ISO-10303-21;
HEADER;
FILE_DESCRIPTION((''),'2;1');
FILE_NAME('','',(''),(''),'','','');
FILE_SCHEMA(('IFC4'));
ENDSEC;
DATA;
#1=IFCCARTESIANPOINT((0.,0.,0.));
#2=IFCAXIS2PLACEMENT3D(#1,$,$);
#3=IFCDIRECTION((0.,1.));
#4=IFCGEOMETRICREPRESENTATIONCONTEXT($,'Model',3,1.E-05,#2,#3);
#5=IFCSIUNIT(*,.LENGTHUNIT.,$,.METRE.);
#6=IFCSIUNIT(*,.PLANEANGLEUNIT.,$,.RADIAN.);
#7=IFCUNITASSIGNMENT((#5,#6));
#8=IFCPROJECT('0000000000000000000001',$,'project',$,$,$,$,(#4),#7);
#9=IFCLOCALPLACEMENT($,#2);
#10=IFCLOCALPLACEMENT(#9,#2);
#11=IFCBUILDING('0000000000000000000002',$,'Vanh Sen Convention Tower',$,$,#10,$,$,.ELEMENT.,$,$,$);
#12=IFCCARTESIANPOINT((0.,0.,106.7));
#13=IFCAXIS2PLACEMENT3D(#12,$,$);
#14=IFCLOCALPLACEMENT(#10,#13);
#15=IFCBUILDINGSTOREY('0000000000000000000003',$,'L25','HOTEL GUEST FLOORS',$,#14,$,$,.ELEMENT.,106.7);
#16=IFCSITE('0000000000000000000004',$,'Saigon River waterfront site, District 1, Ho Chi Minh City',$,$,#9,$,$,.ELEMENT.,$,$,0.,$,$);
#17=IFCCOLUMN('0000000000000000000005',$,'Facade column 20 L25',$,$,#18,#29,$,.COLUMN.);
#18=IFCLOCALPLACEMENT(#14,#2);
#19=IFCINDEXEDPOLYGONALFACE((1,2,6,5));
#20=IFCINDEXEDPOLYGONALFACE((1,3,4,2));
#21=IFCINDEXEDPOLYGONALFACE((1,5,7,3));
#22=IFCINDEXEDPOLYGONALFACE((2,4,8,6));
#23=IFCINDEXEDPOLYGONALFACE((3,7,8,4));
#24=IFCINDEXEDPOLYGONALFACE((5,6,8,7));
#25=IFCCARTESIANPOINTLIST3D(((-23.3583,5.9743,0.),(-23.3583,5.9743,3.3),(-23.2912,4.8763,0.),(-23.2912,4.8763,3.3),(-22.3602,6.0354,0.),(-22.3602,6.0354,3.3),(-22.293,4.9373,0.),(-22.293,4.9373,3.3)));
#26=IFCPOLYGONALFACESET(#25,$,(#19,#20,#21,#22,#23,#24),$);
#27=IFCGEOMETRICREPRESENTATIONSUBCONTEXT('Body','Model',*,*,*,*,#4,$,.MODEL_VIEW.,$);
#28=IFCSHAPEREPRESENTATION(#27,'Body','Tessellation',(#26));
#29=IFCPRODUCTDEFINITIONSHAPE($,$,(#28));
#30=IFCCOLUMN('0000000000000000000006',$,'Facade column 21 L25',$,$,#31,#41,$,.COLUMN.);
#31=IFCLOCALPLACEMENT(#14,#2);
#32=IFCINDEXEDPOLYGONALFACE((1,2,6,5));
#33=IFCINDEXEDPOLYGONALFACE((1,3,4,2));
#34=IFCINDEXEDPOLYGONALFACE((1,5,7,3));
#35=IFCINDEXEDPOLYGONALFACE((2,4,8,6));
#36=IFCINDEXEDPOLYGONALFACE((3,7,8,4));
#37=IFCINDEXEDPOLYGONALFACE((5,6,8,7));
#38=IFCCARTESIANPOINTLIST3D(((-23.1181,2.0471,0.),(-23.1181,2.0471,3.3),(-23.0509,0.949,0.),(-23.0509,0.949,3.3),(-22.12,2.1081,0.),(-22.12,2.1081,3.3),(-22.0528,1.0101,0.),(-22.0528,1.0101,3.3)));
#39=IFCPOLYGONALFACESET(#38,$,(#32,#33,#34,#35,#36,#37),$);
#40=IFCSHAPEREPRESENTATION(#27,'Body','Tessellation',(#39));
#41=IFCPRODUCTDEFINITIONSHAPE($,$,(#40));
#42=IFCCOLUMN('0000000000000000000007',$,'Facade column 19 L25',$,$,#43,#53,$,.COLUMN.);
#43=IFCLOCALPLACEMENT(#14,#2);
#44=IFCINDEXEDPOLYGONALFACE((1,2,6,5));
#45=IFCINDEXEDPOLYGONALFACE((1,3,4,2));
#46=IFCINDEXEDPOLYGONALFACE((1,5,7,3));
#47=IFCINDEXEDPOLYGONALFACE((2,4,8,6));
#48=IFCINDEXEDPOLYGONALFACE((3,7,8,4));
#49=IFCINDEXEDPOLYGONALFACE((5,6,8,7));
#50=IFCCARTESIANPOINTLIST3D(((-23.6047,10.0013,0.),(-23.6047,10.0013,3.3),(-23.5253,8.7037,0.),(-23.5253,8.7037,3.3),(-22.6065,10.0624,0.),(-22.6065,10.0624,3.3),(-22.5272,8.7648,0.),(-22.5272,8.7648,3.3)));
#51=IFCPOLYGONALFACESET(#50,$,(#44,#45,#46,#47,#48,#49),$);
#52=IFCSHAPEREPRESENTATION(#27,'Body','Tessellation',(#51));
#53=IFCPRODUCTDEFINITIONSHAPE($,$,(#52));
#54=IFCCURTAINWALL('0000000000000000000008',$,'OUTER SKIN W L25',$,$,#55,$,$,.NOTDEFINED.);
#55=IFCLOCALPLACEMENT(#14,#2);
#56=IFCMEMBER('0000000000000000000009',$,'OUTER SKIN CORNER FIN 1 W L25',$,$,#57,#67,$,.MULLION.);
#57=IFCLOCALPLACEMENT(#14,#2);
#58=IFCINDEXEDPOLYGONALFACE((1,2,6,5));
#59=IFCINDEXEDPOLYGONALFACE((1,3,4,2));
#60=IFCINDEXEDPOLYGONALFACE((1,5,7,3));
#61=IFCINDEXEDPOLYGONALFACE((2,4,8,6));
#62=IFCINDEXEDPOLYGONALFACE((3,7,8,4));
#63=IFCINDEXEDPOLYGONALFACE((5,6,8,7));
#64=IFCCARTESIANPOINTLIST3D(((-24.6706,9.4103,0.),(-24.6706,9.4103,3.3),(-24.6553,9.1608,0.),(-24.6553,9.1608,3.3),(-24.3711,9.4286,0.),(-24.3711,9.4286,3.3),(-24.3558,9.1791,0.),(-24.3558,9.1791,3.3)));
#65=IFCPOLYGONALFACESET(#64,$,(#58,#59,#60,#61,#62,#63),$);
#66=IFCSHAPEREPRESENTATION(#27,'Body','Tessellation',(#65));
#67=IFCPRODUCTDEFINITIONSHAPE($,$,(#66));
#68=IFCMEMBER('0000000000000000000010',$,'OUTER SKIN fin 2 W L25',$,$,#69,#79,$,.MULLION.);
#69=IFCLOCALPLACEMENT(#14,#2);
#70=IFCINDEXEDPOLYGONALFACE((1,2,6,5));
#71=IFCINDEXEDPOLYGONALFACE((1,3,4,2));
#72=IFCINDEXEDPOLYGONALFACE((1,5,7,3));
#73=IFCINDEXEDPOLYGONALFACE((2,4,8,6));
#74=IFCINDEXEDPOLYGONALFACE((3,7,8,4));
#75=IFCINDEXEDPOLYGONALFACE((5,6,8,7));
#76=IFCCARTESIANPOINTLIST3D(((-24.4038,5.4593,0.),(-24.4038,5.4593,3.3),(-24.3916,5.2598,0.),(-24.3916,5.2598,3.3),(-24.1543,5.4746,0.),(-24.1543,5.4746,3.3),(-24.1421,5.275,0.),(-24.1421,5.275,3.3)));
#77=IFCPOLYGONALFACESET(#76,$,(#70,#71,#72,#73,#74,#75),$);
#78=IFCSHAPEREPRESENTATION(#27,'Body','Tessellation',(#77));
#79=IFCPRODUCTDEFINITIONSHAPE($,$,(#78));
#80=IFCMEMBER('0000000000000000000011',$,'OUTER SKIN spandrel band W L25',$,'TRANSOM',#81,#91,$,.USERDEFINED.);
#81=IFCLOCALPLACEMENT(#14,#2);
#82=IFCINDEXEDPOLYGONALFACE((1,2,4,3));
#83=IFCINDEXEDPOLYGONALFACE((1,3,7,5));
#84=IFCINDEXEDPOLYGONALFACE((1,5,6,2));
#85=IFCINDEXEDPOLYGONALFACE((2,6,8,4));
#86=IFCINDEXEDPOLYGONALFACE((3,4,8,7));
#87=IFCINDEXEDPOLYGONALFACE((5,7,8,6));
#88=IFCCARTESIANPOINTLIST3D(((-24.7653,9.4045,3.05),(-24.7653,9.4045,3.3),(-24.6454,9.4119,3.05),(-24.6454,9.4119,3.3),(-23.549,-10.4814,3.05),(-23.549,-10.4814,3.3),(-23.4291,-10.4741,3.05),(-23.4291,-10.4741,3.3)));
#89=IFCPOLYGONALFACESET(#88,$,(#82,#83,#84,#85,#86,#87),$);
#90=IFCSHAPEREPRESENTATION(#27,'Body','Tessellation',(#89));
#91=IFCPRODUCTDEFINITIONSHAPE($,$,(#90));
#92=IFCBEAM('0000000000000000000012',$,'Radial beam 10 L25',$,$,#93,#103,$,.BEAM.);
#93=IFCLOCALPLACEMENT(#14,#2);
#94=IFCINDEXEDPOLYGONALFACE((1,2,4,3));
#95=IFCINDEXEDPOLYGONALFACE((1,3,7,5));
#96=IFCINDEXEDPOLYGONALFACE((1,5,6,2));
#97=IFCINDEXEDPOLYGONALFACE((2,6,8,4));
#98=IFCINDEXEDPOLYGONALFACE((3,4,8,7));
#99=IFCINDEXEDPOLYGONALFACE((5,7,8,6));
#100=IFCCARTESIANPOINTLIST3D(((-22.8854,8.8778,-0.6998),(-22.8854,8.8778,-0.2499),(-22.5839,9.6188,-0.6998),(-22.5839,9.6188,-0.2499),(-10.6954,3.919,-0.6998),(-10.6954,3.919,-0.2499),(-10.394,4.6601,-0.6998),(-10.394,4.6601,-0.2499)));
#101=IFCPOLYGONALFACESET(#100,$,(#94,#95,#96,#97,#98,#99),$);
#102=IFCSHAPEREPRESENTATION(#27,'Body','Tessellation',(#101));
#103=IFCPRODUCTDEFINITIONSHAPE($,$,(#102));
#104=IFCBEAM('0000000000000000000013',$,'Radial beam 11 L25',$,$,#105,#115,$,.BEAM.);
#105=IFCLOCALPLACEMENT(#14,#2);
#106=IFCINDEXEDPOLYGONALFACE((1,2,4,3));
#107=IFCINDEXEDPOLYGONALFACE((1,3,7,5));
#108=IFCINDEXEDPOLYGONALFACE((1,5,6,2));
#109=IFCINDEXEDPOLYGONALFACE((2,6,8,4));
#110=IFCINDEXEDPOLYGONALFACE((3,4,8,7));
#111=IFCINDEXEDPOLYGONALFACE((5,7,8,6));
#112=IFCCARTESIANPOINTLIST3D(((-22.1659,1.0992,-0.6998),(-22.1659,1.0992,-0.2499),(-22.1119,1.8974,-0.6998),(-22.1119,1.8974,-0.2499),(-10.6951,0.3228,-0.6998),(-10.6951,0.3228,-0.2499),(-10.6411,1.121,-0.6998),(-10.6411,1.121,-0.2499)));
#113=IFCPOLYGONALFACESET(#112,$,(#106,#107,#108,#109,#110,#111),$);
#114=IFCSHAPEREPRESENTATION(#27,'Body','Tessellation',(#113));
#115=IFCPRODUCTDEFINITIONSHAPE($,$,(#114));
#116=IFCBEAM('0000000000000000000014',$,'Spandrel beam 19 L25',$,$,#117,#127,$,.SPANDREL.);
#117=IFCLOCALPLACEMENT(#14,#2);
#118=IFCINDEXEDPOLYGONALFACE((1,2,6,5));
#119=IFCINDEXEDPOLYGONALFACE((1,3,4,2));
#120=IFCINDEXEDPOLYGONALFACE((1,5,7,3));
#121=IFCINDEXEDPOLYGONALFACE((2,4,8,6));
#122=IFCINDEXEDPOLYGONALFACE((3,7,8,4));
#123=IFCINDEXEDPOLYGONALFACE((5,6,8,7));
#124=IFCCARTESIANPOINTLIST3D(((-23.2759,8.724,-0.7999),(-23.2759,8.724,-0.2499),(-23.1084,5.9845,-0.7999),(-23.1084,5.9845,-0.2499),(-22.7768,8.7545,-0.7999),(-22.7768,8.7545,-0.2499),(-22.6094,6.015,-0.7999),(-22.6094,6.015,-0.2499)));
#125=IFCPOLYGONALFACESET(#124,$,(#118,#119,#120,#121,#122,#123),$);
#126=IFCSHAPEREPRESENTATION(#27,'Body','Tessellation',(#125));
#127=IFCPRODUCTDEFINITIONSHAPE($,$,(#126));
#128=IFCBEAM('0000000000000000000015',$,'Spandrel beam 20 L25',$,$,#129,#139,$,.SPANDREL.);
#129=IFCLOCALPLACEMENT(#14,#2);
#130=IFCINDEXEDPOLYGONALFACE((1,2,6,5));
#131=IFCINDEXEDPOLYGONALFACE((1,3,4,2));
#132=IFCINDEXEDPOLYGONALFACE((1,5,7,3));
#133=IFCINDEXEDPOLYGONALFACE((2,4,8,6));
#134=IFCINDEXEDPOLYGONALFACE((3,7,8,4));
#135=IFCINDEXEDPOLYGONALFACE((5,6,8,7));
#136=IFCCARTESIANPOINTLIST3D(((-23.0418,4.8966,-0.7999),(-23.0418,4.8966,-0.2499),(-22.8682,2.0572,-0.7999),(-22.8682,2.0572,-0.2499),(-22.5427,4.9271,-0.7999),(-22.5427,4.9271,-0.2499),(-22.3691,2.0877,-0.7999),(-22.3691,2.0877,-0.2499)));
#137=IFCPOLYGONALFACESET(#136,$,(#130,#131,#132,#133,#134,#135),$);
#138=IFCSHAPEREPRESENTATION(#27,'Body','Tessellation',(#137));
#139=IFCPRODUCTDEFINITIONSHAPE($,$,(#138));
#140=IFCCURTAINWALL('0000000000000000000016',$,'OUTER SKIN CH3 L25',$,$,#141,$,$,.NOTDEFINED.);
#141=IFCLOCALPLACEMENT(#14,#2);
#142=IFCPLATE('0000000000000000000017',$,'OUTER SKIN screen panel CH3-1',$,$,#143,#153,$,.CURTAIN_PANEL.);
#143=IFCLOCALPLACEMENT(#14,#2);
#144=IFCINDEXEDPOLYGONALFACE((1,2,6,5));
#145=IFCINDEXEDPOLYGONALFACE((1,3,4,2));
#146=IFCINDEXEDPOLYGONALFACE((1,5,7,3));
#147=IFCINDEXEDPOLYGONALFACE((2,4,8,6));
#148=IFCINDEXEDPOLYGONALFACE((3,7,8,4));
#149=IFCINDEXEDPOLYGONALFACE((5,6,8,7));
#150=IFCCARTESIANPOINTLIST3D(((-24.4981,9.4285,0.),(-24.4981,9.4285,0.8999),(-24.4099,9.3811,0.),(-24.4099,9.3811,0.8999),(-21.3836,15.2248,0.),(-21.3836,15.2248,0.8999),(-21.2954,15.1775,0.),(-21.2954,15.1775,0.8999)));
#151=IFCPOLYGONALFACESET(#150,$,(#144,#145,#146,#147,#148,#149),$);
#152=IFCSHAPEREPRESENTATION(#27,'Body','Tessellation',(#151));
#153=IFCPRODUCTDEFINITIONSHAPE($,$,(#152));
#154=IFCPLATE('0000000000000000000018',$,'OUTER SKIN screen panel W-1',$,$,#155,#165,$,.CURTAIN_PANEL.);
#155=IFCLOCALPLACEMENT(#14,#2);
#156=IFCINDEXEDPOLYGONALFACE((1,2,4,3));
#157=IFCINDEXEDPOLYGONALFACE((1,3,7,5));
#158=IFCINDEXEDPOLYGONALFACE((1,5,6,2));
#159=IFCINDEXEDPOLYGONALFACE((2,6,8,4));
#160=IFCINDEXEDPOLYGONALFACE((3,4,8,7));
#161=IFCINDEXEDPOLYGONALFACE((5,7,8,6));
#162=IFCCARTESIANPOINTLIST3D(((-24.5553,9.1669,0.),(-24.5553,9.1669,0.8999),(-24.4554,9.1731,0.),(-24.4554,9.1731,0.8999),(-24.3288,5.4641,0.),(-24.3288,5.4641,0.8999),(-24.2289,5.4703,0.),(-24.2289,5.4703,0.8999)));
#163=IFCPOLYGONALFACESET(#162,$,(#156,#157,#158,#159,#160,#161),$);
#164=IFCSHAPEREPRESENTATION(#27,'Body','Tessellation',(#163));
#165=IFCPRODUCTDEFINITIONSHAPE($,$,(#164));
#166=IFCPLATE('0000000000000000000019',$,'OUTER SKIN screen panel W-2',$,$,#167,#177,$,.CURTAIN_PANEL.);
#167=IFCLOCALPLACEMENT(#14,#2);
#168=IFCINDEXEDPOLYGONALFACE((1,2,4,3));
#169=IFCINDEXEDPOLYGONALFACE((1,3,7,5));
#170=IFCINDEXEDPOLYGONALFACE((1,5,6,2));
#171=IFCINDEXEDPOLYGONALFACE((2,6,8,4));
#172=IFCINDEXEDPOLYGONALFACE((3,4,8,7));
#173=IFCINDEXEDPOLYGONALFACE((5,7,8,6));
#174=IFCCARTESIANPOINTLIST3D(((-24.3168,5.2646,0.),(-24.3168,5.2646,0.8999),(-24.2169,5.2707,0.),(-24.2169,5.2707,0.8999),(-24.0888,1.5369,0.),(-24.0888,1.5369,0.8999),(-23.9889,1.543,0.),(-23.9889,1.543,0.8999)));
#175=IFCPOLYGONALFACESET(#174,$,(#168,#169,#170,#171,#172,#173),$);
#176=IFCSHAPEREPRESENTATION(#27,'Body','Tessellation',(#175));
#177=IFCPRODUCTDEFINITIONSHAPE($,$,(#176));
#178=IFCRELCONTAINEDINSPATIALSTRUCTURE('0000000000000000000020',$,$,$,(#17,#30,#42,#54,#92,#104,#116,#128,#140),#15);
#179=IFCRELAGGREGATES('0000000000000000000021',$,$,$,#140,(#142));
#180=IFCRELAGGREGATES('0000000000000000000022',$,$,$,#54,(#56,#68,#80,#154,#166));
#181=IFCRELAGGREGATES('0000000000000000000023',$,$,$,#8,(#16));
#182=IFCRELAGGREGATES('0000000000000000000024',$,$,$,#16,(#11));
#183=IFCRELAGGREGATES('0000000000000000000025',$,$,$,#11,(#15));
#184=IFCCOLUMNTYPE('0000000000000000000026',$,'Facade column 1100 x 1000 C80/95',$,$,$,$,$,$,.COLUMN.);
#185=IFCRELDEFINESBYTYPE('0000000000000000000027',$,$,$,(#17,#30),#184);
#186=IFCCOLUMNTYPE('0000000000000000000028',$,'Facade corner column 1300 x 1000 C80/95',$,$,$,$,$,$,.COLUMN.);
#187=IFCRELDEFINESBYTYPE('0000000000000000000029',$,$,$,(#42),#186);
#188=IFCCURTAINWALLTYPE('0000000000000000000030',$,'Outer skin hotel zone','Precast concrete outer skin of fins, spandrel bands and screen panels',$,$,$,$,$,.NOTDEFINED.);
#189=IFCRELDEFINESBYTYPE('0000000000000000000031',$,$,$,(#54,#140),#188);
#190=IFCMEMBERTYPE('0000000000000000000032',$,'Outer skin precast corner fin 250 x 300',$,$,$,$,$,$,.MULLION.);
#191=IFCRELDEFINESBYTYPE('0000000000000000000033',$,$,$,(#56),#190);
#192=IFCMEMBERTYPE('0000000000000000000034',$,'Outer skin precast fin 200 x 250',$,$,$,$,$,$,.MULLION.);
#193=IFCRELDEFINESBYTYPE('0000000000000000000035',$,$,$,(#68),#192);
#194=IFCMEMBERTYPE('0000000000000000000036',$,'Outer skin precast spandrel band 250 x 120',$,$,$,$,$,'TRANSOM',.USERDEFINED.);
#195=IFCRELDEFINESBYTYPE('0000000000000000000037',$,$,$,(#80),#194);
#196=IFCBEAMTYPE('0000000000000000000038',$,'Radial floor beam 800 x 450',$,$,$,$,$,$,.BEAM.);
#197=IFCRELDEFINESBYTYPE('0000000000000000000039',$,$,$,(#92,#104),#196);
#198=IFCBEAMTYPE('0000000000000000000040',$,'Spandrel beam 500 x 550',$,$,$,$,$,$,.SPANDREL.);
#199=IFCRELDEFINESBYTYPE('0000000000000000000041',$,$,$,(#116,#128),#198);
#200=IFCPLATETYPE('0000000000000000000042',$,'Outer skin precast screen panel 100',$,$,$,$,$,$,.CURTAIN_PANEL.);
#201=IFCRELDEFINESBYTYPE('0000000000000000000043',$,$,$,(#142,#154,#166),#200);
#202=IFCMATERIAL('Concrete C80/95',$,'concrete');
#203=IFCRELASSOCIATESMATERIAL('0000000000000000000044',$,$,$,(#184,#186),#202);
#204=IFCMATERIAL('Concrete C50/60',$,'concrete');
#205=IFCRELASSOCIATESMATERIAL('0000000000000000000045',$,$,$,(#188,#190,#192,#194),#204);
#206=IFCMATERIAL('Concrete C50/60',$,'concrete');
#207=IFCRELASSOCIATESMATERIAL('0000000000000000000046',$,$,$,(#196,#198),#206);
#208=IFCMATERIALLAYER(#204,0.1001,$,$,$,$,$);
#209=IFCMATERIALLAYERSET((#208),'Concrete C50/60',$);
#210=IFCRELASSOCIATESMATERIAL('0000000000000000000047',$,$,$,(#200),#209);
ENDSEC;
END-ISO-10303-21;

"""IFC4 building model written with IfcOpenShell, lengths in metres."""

from ifc_helpers import new_model, si_unit, direction, frame, origin, origin_2d, place, context, subcontext, project, spatial, rectangle, extrude, material, layer, layer_set, material_profile, profile_set, type_object, element, aggregate, save


model = new_model("IFC4")

# Units and contexts
model_context = context("Model", 3, precision=1e-05, world=origin(), true_north=direction((0.0, 1.0)))
body_context = subcontext(model_context, "Body", "Model", "MODEL_VIEW")
ifc_project = project(units=[si_unit("LENGTHUNIT", "METRE"), si_unit("PLANEANGLEUNIT", "RADIAN")], contexts=[model_context])

# Site, building, storey
site_placement = place(None, origin())
site = spatial("IfcSite", under=ifc_project, at=site_placement, Name="Saigon River waterfront site, District 1, Ho Chi Minh City", CompositionType="ELEMENT", RefElevation=0.0)
building_placement = place(site_placement, origin())
building = spatial("IfcBuilding", under=site, at=building_placement, Name="Vanh Sen Convention Tower", CompositionType="ELEMENT")
storey_placement = place(building_placement, frame((0.0, 0.0, 106.7)))
storey = spatial("IfcBuildingStorey", under=building, at=storey_placement, Name="L25", Description="HOTEL GUEST FLOORS", CompositionType="ELEMENT", Elevation=106.7)

# Columns
ifc_material_1 = material(Name="Concrete C80/95", Category="concrete")
ifc_material_profile_1 = material_profile(ifc_material_1, rectangle(XDim=1.1001, YDim=1.0, at=origin_2d()), Name="RC 1100X1000")
ifc_profile_set_1 = profile_set([ifc_material_profile_1], Name="Concrete C80/95")
column_type_1 = type_object("IfcColumnType", Name="Facade column 1100 x 1000 C80/95", PredefinedType="COLUMN", material=ifc_profile_set_1)
for number, where, z_axis, x_axis, name in (
    (1, (-22.8257, 5.4558, 0.0), (0.0, 0.0, 1.0), (0.061049, -0.998135, 0.0), "Facade column 20 L25"),
    (2, (-22.5854, 1.5286, 0.0), (0.0, 0.0, 1.0), (0.061049, -0.998135, 0.0), "Facade column 21 L25"),
):
    element("IfcColumn", number, at=place(storey_placement, frame(where, z_axis=z_axis, x_axis=x_axis)), inside=storey, type_object=column_type_1, Name=name, PredefinedType="COLUMN", context=body_context, shape_type="SweptSolid", body=[
        extrude(rectangle(XDim=1.1001, YDim=1.0, at=origin_2d()), origin(), (0.0, 0.0, 1.0), 3.3),
    ])
ifc_material_profile_2 = material_profile(ifc_material_1, rectangle(XDim=1.3, YDim=1.0, at=origin_2d()), Name="RC 1300X1000")
ifc_profile_set_2 = profile_set([ifc_material_profile_2], Name="Concrete C80/95")
column_type_2 = type_object("IfcColumnType", Name="Facade corner column 1300 x 1000 C80/95", PredefinedType="COLUMN", material=ifc_profile_set_2)
column_placement = place(storey_placement, frame((-23.0659, 9.3831, 0.0), z_axis=(0.0, 0.0, 1.0), x_axis=(0.061049, -0.998135, 0.0)))
element("IfcColumn", 3, at=column_placement, inside=storey, type_object=column_type_2, Name="Facade column 19 L25", PredefinedType="COLUMN", context=body_context, shape_type="SweptSolid", body=[
    extrude(rectangle(XDim=1.3, YDim=1.0, at=origin_2d()), origin(), (0.0, 0.0, 1.0), 3.3),
])

# Curtain wall, members
ifc_material_2 = material(Name="Concrete C50/60", Category="concrete")
curtain_wall_type = type_object("IfcCurtainWallType", Name="Outer skin hotel zone", Description="Precast concrete outer skin of fins, spandrel bands and screen panels", PredefinedType="NOTDEFINED", material=ifc_material_2)
curtain_wall_1_placement = place(storey_placement, origin())
curtain_wall_1 = element("IfcCurtainWall", 4, at=curtain_wall_1_placement, inside=storey, type_object=curtain_wall_type, Name="OUTER SKIN W L25", PredefinedType="NOTDEFINED")
ifc_material_profile_3 = material_profile(ifc_material_2, rectangle(XDim=0.25, YDim=0.3, at=origin_2d()), Name="Outer skin precast corner fin 250 x 300")
ifc_profile_set_3 = profile_set([ifc_material_profile_3], Name="Concrete C50/60")
member_type_1 = type_object("IfcMemberType", Name="Outer skin precast corner fin 250 x 300", PredefinedType="MULLION", material=ifc_profile_set_3)
member_1_placement = place(storey_placement, frame((-24.5132, 9.2947, 0.0), z_axis=(0.0, 0.0, 1.0), x_axis=(0.061049, -0.998135, 0.0)))
member_1 = element("IfcMember", 5, at=member_1_placement, type_object=member_type_1, Name="OUTER SKIN CORNER FIN 1 W L25", PredefinedType="MULLION", context=body_context, shape_type="SweptSolid", body=[
    extrude(rectangle(XDim=0.25, YDim=0.3, at=origin_2d()), origin(), (0.0, 0.0, 1.0), 3.3),
])
ifc_material_profile_4 = material_profile(ifc_material_2, rectangle(XDim=0.2, YDim=0.25, at=origin_2d()), Name="Outer skin precast fin 200 x 250")
ifc_profile_set_4 = profile_set([ifc_material_profile_4], Name="Concrete C50/60")
member_type_2 = type_object("IfcMemberType", Name="Outer skin precast fin 200 x 250", PredefinedType="MULLION", material=ifc_profile_set_4)
member_2_placement = place(storey_placement, frame((-24.2729, 5.3672, 0.0), z_axis=(0.0, 0.0, 1.0), x_axis=(0.061049, -0.998135, 0.0)))
member_2 = element("IfcMember", 6, at=member_2_placement, type_object=member_type_2, Name="OUTER SKIN fin 2 W L25", PredefinedType="MULLION", context=body_context, shape_type="SweptSolid", body=[
    extrude(rectangle(XDim=0.2, YDim=0.25, at=origin_2d()), origin(), (0.0, 0.0, 1.0), 3.3),
])
ifc_material_profile_5 = material_profile(ifc_material_2, rectangle(XDim=0.1201, YDim=0.25, at=origin_2d()), Name="Outer skin precast spandrel band 250 x 120")
ifc_profile_set_5 = profile_set([ifc_material_profile_5], Name="Concrete C50/60")
member_type_3 = type_object("IfcMemberType", Name="Outer skin precast spandrel band 250 x 120", ElementType="TRANSOM", PredefinedType="USERDEFINED", material=ifc_profile_set_5)
member_3_placement = place(storey_placement, frame((-24.7053, 9.4082, 3.175), z_axis=(0.06105, -0.998135, 0.0), x_axis=(0.998135, 0.06105, 0.0)))
member_3 = element("IfcMember", 7, at=member_3_placement, type_object=member_type_3, Name="OUTER SKIN spandrel band W L25", ObjectType="TRANSOM", PredefinedType="USERDEFINED", context=body_context, shape_type="SweptSolid", body=[
    extrude(rectangle(XDim=0.1201, YDim=0.25, at=origin_2d()), origin(), (0.0, 0.0, 1.0), 19.9231),
])

# Beams
ifc_material_3 = material(Name="Concrete C50/60", Category="concrete")
ifc_material_profile_6 = material_profile(ifc_material_3, rectangle(XDim=0.8, YDim=0.45, at=origin_2d()), Name="RC 800X450")
ifc_profile_set_6 = profile_set([ifc_material_profile_6], Name="Concrete C50/60")
beam_type_1 = type_object("IfcBeamType", Name="Radial floor beam 800 x 450", PredefinedType="BEAM", material=ifc_profile_set_6)
beam_1_placement = place(storey_placement, frame((-22.7346, 9.2483, -0.4749), z_axis=(0.926292, -0.376806, 0.0), x_axis=(0.376806, 0.926292, 0.0)))
element("IfcBeam", 8, at=beam_1_placement, inside=storey, type_object=beam_type_1, Name="Radial beam 10 L25", PredefinedType="BEAM", context=body_context, shape_type="SweptSolid", body=[
    extrude(rectangle(XDim=0.8, YDim=0.45, at=origin_2d()), origin(), (0.0, 0.0, 1.0), 13.1599),
])
beam_2_placement = place(storey_placement, frame((-22.1389, 1.4983, -0.4749), z_axis=(0.997717, -0.067527, 0.0), x_axis=(0.067527, 0.997717, 0.0)))
element("IfcBeam", 9, at=beam_2_placement, inside=storey, type_object=beam_type_1, Name="Radial beam 11 L25", PredefinedType="BEAM", context=body_context, shape_type="SweptSolid", body=[
    extrude(rectangle(XDim=0.8, YDim=0.45, at=origin_2d()), origin(), (0.0, 0.0, 1.0), 11.4971),
])
ifc_material_profile_7 = material_profile(ifc_material_3, rectangle(XDim=0.5, YDim=0.55, at=origin_2d()), Name="RC 500X550")
ifc_profile_set_7 = profile_set([ifc_material_profile_7], Name="Concrete C50/60")
beam_type_2 = type_object("IfcBeamType", Name="Spandrel beam 500 x 550", PredefinedType="SPANDREL", material=ifc_profile_set_7)
beam_3_placement = place(storey_placement, frame((-23.0264, 8.7393, -0.5249), z_axis=(0.061021, -0.998136, 0.0), x_axis=(0.998136, 0.061021, 0.0)))
element("IfcBeam", 10, at=beam_3_placement, inside=storey, type_object=beam_type_2, Name="Spandrel beam 19 L25", PredefinedType="SPANDREL", context=body_context, shape_type="SweptSolid", body=[
    extrude(rectangle(XDim=0.5, YDim=0.55, at=origin_2d()), origin(), (0.0, 0.0, 1.0), 2.7446),
])
beam_4_placement = place(storey_placement, frame((-22.7922, 4.9119, -0.5249), z_axis=(0.061021, -0.998136, 0.0), x_axis=(0.998136, 0.061021, 0.0)))
element("IfcBeam", 11, at=beam_4_placement, inside=storey, type_object=beam_type_2, Name="Spandrel beam 20 L25", PredefinedType="SPANDREL", context=body_context, shape_type="SweptSolid", body=[
    extrude(rectangle(XDim=0.5, YDim=0.55, at=origin_2d()), origin(), (0.0, 0.0, 1.0), 2.8447),
])

# Curtain wall, plate
curtain_wall_2_placement = place(storey_placement, origin())
curtain_wall_2 = element("IfcCurtainWall", 12, at=curtain_wall_2_placement, inside=storey, type_object=curtain_wall_type, Name="OUTER SKIN CH3 L25", PredefinedType="NOTDEFINED")
ifc_layer_1 = layer(ifc_material_2, 0.1001)
ifc_layer_set_1 = layer_set([ifc_layer_1], Name="Concrete C50/60")
plate_type = type_object("IfcPlateType", Name="Outer skin precast screen panel 100", PredefinedType="CURTAIN_PANEL", material=ifc_layer_set_1)
plate_1_placement = place(storey_placement, frame((-22.8967, 12.303, 0.0), z_axis=(0.0, 0.0, 1.0), x_axis=(-0.473318, -0.880892, 0.0)))
plate_1 = element("IfcPlate", 13, at=plate_1_placement, type_object=plate_type, Name="OUTER SKIN screen panel CH3-1", PredefinedType="CURTAIN_PANEL", context=body_context, shape_type="SweptSolid", body=[
    extrude(rectangle(XDim=6.5801, YDim=0.1001, at=origin_2d()), origin(), (0.0, 0.0, 1.0), 0.8999),
])
aggregate(curtain_wall_2, [plate_1])

# Plates
plate_2_placement = place(storey_placement, frame((-24.3921, 7.3186, 0.0), z_axis=(0.0, 0.0, 1.0), x_axis=(0.061047, -0.998135, 0.0)))
plate_2 = element("IfcPlate", 14, at=plate_2_placement, type_object=plate_type, Name="OUTER SKIN screen panel W-1", PredefinedType="CURTAIN_PANEL", context=body_context, shape_type="SweptSolid", body=[
    extrude(rectangle(XDim=3.7097, YDim=0.1001, at=origin_2d()), origin(), (0.0, 0.0, 1.0), 0.8999),
])
plate_3_placement = place(storey_placement, frame((-24.1528, 3.4038, 0.0), z_axis=(0.0, 0.0, 1.0), x_axis=(0.061049, -0.998135, 0.0)))
plate_3 = element("IfcPlate", 15, at=plate_3_placement, type_object=plate_type, Name="OUTER SKIN screen panel W-2", PredefinedType="CURTAIN_PANEL", context=body_context, shape_type="SweptSolid", body=[
    extrude(rectangle(XDim=3.7346, YDim=0.1001, at=origin_2d()), origin(), (0.0, 0.0, 1.0), 0.8999),
])
aggregate(curtain_wall_1, [member_1, member_2, member_3, plate_2, plate_3])

save(model, "model.ifc")
